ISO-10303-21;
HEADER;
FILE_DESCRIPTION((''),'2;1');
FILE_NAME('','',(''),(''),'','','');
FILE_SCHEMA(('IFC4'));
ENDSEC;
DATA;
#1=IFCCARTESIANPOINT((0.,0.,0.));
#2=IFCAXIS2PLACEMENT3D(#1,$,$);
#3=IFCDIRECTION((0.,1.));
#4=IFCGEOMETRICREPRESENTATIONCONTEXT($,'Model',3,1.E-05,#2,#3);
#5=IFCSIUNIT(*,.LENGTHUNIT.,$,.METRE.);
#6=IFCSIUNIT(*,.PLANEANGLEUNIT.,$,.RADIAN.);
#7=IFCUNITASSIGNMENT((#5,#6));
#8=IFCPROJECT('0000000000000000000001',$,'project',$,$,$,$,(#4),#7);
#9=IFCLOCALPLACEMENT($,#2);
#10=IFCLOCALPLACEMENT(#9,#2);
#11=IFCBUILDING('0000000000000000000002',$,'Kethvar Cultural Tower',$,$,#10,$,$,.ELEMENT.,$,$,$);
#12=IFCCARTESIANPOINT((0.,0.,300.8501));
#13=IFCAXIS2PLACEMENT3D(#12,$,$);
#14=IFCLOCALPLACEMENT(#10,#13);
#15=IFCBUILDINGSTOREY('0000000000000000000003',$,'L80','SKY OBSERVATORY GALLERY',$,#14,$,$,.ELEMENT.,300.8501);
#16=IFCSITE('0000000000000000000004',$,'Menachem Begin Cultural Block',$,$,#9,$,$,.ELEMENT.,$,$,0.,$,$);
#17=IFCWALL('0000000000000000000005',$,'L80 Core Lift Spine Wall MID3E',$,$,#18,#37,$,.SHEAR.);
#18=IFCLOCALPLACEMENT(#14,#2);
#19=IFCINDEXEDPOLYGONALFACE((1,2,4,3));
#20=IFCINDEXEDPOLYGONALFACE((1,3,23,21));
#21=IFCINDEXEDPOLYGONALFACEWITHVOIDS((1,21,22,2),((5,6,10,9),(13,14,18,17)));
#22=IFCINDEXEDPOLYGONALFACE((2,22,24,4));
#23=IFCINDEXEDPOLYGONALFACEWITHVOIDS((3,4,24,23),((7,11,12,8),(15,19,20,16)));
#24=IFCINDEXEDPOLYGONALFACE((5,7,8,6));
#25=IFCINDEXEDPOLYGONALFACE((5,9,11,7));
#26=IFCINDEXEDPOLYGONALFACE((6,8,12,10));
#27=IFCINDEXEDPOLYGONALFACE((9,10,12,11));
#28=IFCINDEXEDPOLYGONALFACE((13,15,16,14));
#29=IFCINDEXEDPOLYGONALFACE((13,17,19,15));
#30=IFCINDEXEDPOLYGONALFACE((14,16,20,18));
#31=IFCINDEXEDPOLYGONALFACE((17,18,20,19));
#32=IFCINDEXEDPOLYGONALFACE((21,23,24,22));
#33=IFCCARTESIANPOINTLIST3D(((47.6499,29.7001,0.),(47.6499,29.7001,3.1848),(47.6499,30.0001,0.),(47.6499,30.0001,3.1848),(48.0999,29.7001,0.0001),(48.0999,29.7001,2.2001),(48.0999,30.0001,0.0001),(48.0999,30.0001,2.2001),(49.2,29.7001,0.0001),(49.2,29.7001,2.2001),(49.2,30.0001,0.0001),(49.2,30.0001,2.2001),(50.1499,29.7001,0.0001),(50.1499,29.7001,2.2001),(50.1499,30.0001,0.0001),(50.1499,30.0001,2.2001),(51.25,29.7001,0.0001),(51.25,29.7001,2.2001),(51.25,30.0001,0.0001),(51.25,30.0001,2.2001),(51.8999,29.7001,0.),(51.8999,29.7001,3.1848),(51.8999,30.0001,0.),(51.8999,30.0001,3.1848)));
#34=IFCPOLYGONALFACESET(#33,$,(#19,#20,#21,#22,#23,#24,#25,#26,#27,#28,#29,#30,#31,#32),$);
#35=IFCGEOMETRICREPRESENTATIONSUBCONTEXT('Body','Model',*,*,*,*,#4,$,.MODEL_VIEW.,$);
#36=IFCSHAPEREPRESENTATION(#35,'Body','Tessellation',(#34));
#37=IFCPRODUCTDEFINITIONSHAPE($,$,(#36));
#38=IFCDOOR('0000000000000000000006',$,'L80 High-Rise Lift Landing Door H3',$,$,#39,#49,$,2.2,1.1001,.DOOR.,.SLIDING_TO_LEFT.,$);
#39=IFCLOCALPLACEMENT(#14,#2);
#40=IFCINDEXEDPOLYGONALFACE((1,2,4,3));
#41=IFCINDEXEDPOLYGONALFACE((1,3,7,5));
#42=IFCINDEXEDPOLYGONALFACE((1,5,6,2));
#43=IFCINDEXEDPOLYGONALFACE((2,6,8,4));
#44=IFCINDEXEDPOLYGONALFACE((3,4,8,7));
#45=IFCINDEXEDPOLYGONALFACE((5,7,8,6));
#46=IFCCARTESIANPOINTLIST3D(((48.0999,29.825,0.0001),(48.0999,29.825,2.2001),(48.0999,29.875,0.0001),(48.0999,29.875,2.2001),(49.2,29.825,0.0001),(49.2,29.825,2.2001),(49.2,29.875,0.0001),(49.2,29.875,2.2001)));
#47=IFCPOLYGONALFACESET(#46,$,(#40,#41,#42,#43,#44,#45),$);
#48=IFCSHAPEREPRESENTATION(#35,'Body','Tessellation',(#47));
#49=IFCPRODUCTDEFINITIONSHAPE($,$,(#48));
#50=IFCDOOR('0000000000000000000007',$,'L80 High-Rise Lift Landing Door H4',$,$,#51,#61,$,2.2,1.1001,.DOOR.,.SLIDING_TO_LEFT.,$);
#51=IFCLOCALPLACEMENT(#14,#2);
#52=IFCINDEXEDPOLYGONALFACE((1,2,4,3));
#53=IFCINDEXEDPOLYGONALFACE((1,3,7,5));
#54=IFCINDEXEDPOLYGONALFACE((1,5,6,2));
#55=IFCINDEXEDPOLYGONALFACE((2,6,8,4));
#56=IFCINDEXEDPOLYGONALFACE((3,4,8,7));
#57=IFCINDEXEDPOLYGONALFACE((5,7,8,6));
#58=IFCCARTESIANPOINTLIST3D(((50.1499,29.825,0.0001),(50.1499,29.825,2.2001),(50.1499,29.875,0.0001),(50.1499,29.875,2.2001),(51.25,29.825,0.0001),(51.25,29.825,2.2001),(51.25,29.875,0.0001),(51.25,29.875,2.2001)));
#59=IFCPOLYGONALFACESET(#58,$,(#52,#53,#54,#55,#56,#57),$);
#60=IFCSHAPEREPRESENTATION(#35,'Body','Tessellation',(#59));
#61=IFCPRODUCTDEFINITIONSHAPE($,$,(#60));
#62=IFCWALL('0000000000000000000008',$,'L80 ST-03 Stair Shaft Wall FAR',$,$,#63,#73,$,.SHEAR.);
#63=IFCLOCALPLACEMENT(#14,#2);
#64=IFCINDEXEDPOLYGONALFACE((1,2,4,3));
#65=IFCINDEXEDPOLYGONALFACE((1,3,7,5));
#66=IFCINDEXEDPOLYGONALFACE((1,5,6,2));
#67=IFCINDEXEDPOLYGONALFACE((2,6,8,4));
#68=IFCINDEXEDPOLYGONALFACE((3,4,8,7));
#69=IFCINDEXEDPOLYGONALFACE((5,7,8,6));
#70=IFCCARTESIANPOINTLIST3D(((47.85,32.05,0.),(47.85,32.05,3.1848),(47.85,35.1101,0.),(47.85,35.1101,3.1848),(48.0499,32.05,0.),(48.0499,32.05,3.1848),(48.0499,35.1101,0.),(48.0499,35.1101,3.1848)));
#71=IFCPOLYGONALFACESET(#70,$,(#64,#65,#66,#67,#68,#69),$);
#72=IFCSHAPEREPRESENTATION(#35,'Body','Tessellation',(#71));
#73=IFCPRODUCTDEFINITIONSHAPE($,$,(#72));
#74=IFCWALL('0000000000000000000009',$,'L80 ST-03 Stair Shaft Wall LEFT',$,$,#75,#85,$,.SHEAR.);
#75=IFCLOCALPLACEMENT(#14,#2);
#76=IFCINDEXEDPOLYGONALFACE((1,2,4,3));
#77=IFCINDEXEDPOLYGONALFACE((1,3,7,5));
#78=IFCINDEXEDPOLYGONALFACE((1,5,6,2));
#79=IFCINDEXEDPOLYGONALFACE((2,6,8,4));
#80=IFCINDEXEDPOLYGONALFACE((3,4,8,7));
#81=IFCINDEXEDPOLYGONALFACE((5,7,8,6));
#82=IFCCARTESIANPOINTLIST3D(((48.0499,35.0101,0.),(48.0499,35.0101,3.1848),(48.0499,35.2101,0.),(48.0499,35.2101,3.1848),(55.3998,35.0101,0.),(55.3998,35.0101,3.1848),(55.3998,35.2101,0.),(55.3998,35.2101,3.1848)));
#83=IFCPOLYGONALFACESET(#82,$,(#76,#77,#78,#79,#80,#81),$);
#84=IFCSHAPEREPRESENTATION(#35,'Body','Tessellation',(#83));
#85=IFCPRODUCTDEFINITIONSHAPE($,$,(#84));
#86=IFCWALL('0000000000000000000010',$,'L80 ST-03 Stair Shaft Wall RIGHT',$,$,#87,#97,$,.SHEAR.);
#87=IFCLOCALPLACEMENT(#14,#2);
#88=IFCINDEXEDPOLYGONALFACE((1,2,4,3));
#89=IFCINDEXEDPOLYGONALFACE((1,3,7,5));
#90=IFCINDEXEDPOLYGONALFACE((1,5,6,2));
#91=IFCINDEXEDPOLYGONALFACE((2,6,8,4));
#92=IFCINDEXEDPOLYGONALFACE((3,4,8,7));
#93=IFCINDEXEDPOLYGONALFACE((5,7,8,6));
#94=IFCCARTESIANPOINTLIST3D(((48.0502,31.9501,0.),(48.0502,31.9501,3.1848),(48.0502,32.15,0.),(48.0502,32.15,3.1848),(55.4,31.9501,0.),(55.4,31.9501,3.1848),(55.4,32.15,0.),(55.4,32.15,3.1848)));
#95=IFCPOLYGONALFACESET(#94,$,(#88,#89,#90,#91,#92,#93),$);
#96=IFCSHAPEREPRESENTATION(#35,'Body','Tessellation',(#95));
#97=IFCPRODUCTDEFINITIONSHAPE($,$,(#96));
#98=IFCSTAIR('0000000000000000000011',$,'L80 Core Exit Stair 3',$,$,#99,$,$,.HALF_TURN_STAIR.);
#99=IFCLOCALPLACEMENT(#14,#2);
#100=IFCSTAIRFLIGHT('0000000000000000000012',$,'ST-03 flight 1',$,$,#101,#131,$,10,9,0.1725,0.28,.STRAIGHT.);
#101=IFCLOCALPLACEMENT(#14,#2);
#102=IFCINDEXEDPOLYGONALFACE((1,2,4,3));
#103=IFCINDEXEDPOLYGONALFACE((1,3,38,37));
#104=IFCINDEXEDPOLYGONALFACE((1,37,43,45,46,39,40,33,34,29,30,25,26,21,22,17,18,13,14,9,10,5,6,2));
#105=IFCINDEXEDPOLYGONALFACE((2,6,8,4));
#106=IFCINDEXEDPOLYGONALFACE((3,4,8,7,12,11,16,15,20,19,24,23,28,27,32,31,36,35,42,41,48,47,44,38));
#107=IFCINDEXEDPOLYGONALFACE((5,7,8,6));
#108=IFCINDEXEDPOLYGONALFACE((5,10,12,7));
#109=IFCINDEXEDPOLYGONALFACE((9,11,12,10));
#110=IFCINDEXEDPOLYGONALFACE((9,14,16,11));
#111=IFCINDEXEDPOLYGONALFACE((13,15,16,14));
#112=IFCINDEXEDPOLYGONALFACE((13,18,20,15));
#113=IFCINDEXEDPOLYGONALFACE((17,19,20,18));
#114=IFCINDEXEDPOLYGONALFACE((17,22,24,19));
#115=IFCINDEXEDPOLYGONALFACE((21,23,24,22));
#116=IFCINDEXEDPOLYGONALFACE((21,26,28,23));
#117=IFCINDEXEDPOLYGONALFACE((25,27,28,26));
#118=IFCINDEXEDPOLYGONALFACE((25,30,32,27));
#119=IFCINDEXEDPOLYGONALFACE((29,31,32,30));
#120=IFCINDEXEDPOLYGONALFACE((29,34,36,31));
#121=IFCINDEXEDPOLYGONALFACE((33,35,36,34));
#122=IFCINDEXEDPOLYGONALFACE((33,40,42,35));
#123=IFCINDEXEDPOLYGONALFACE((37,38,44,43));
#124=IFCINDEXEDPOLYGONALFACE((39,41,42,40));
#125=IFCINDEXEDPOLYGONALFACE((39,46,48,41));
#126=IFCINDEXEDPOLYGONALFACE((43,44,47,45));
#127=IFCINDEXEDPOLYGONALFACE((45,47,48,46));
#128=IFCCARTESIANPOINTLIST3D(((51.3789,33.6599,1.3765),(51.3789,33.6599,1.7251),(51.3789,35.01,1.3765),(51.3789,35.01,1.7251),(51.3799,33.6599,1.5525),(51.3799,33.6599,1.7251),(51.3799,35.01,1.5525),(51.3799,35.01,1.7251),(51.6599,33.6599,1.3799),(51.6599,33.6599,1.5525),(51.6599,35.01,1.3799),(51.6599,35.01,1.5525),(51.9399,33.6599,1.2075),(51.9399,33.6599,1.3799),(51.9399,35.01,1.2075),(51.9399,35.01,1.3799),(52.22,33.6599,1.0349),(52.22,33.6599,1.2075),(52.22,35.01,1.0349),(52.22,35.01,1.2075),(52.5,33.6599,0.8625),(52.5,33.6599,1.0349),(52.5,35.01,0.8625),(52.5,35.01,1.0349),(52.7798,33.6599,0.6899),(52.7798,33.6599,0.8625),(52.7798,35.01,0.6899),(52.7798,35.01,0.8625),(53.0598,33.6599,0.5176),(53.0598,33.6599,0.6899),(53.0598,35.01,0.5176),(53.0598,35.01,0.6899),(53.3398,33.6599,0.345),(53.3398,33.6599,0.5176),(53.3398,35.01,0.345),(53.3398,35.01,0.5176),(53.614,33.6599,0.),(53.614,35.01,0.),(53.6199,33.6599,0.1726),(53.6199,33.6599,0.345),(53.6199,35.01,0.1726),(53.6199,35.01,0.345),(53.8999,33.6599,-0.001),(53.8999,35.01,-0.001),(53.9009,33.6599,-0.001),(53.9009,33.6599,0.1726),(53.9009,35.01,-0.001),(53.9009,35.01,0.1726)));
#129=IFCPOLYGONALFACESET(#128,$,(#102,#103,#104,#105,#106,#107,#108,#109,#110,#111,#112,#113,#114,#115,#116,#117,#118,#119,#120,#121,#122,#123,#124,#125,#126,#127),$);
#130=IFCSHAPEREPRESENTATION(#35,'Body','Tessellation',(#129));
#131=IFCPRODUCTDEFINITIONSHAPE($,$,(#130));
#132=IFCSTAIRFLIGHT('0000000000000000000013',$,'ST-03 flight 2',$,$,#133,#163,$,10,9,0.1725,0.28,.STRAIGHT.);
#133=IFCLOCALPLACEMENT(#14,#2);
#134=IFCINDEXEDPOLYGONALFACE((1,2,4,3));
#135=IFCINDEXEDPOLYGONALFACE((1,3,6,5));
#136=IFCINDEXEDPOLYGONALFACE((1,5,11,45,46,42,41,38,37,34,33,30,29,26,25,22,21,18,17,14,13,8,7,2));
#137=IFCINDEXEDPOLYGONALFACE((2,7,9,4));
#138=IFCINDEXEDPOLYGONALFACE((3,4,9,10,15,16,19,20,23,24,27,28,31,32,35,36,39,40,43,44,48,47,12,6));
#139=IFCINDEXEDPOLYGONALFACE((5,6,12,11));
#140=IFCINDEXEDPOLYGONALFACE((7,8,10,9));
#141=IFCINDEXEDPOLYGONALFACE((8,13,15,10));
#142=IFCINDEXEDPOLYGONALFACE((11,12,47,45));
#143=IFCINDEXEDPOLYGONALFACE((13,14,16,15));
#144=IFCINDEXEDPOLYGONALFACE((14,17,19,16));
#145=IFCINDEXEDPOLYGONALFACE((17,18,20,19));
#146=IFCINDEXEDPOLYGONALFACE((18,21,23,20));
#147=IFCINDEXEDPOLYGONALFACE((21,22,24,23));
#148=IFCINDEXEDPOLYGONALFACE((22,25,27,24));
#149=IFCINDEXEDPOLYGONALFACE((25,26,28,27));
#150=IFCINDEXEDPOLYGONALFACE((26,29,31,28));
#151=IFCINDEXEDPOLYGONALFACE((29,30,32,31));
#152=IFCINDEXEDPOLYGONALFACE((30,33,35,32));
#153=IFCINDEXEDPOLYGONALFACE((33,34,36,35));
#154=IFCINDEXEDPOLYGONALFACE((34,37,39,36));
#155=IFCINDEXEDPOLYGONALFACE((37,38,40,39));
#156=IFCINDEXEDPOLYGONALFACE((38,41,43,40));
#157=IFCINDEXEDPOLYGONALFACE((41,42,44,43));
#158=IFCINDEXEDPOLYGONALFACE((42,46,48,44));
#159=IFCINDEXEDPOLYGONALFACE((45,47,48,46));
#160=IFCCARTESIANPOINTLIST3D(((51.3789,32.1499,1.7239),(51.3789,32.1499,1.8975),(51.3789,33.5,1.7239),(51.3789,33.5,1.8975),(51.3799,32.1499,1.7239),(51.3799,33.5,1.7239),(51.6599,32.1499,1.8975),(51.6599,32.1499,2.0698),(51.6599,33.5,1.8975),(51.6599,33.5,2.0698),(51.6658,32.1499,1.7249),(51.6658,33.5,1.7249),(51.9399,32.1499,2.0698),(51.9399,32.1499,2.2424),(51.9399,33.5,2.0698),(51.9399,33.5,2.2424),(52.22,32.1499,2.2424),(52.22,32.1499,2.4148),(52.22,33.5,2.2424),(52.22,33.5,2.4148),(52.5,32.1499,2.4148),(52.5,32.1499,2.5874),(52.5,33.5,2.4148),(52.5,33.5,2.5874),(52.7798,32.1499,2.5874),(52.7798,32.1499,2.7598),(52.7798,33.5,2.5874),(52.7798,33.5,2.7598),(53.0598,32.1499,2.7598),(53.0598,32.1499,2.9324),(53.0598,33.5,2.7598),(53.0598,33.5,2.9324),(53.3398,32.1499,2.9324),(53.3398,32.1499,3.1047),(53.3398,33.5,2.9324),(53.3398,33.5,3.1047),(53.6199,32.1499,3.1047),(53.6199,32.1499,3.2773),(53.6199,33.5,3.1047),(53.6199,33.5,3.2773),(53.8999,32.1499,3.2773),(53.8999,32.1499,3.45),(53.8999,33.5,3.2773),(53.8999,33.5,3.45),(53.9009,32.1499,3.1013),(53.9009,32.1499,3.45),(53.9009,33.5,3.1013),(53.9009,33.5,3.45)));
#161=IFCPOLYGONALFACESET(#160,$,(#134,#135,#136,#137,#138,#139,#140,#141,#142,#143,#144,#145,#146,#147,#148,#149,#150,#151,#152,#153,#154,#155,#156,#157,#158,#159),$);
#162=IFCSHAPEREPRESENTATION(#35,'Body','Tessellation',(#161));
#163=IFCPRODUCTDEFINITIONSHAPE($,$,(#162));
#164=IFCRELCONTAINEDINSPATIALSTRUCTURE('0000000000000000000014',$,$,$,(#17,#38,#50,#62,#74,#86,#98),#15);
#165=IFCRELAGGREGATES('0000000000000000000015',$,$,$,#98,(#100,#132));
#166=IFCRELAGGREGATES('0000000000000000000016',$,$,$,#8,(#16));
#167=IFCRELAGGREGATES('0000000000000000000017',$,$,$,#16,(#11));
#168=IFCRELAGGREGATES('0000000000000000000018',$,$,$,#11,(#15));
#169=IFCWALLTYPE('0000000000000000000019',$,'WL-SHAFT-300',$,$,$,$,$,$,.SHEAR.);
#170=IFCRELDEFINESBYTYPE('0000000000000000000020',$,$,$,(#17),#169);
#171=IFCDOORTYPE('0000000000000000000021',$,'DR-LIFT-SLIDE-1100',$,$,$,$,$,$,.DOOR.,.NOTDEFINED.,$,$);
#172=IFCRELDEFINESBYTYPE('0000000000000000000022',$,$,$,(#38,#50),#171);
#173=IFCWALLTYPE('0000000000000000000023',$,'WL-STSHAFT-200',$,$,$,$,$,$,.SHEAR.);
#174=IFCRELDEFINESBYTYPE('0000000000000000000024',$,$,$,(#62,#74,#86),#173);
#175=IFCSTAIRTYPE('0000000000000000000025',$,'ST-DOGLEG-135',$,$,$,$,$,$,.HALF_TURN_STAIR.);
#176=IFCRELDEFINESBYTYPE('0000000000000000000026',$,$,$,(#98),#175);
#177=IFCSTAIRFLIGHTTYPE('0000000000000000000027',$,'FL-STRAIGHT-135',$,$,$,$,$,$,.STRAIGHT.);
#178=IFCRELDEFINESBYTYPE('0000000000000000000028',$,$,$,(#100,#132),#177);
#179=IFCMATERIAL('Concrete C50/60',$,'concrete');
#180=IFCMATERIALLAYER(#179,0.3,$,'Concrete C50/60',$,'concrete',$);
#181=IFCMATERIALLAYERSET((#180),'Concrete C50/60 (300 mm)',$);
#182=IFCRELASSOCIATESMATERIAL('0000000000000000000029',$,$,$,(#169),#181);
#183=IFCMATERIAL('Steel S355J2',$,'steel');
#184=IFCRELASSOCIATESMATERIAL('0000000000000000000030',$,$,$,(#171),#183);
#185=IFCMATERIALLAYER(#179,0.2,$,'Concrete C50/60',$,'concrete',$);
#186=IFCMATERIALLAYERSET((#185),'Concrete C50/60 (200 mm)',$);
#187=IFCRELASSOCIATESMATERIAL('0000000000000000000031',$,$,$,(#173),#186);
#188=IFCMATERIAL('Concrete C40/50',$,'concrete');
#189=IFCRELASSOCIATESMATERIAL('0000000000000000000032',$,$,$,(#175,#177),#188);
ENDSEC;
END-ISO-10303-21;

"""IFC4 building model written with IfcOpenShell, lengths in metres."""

from ifc_helpers import new_model, si_unit, direction, frame, frame_2d, origin, place, context, subcontext, project, spatial, polyline, rectangle, outline, extrude, source, transform, mapped, material, layer, layer_set, type_object, element, fill, aggregate, save


model = new_model("IFC4")

# Units and contexts
model_context = context("Model", 3, precision=1e-05, world=origin(), true_north=direction((0.0, 1.0)))
body_context = subcontext(model_context, "Body", "Model", "MODEL_VIEW")
ifc_project = project(units=[si_unit("LENGTHUNIT", "METRE"), si_unit("PLANEANGLEUNIT", "RADIAN")], contexts=[model_context])

# Site, building, storey
site_placement = place(None, origin())
site = spatial("IfcSite", under=ifc_project, at=site_placement, Name="Menachem Begin Cultural Block", CompositionType="ELEMENT", RefElevation=0.0)
building_placement = place(site_placement, origin())
building = spatial("IfcBuilding", under=site, at=building_placement, Name="Kethvar Cultural Tower", CompositionType="ELEMENT")
storey_placement = place(building_placement, frame((0.0, 0.0, 300.8501)))
storey = spatial("IfcBuildingStorey", under=building, at=storey_placement, Name="L80", Description="SKY OBSERVATORY GALLERY", CompositionType="ELEMENT", Elevation=300.8501)

# Shared definitions
ifc_material_1 = material(Name="Steel S355J2", Category="steel")

# Shared definitions
ifc_material_2 = material(Name="Concrete C40/50", Category="concrete")

# Wall, openings, doors
ifc_material_3 = material(Name="Concrete C50/60", Category="concrete")
ifc_layer_1 = layer(ifc_material_3, 0.3, Name="Concrete C50/60", Category="concrete")
ifc_layer_set_1 = layer_set([ifc_layer_1], Name="Concrete C50/60 (300 mm)")
wall_type_1 = type_object("IfcWallType", Name="WL-SHAFT-300", PredefinedType="SHEAR", material=ifc_layer_set_1)
wall_1_placement = place(storey_placement, frame((47.6499, 29.8501, 0.0), z_axis=(0.0, 0.0, 1.0), x_axis=(1.0, 0.0, 0.0)))
wall_1 = element("IfcWall", 1, at=wall_1_placement, inside=storey, type_object=wall_type_1, Name="L80 Core Lift Spine Wall MID3E", PredefinedType="SHEAR", context=body_context, shape_type="SweptSolid", body=[
    extrude(rectangle(XDim=4.25, YDim=0.3, at=frame_2d((2.125, 0.0))), origin(), (0.0, 0.0, 1.0), 3.1848),
])
opening_1_placement = place(wall_1_placement, frame((0.45, 0.0, 0.0)))
opening_1 = element("IfcOpeningElement", 2, at=opening_1_placement, cuts=wall_1, PredefinedType="OPENING", context=body_context, shape_type="SweptSolid", body=[
    extrude(rectangle(XDim=1.1001, YDim=2.2, at=frame_2d((0.55, 1.1001))), frame((0.0, 0.1599, 0.0), z_axis=(0.0, -1.0, 0.0), x_axis=(1.0, 0.0, 0.0)), (0.0, 0.0, 1.0), 0.3201),
])
opening_2_placement = place(wall_1_placement, frame((2.5, 0.0, 0.0)))
opening_2 = element("IfcOpeningElement", 3, at=opening_2_placement, cuts=wall_1, PredefinedType="OPENING", context=body_context, shape_type="SweptSolid", body=[
    extrude(rectangle(XDim=1.1001, YDim=2.2, at=frame_2d((0.55, 1.1001))), frame((0.0, 0.1599, 0.0), z_axis=(0.0, -1.0, 0.0), x_axis=(1.0, 0.0, 0.0)), (0.0, 0.0, 1.0), 0.3201),
])
door_type = type_object("IfcDoorType", Name="DR-LIFT-SLIDE-1100", OperationType="NOTDEFINED", PredefinedType="DOOR", material=ifc_material_1)
shared_shape_1 = source(origin(), body_context, "Body", "SweptSolid", [
    extrude(rectangle(XDim=1.1001, YDim=2.2, at=frame_2d((0.55, 1.1001))), frame((0.0, 0.0249, 0.0), z_axis=(0.0, -1.0, 0.0), x_axis=(1.0, 0.0, 0.0)), (0.0, 0.0, 1.0), 0.05),
])
door_1_placement = place(opening_1_placement, origin())
door_1 = element("IfcDoor", 4, at=door_1_placement, inside=storey, type_object=door_type, Name="L80 High-Rise Lift Landing Door H3", OperationType="SLIDING_TO_LEFT", OverallHeight=2.2, OverallWidth=1.1001, PredefinedType="DOOR", context=body_context, shape_type="MappedRepresentation", body=[
    mapped(shared_shape_1, transform((0.0, 0.0, 0.0), scale=1.0)),
])
fill(opening_1, door_1)
door_2_placement = place(opening_2_placement, origin())
door_2 = element("IfcDoor", 5, at=door_2_placement, inside=storey, type_object=door_type, Name="L80 High-Rise Lift Landing Door H4", OperationType="SLIDING_TO_LEFT", OverallHeight=2.2, OverallWidth=1.1001, PredefinedType="DOOR", context=body_context, shape_type="MappedRepresentation", body=[
    mapped(shared_shape_1, transform((0.0, 0.0, 0.0), scale=1.0)),
])
fill(opening_2, door_2)

# Walls
ifc_layer_2 = layer(ifc_material_3, 0.2, Name="Concrete C50/60", Category="concrete")
ifc_layer_set_2 = layer_set([ifc_layer_2], Name="Concrete C50/60 (200 mm)")
wall_type_2 = type_object("IfcWallType", Name="WL-STSHAFT-200", PredefinedType="SHEAR", material=ifc_layer_set_2)
wall_2_placement = place(storey_placement, frame((47.95, 32.05, 0.0), z_axis=(0.0, 0.0, 1.0), x_axis=(0.0, 1.0, 0.0)))
element("IfcWall", 6, at=wall_2_placement, inside=storey, type_object=wall_type_2, Name="L80 ST-03 Stair Shaft Wall FAR", PredefinedType="SHEAR", context=body_context, shape_type="SweptSolid", body=[
    extrude(rectangle(XDim=3.0601, YDim=0.2, at=frame_2d((1.53, 0.0))), origin(), (0.0, 0.0, 1.0), 3.1848),
])
for number, where, z_axis, x_axis, name in (
    (7, (48.05, 35.1101, 0.0), (0.0, 0.0, 1.0), (1.0, 0.0, 0.0), "L80 ST-03 Stair Shaft Wall LEFT"),
    (8, (55.3999, 32.05, 0.0), (0.0, 0.0, 1.0), (-1.0, 0.0, 0.0), "L80 ST-03 Stair Shaft Wall RIGHT"),
):
    element("IfcWall", number, at=place(storey_placement, frame(where, z_axis=z_axis, x_axis=x_axis)), inside=storey, type_object=wall_type_2, Name=name, PredefinedType="SHEAR", context=body_context, shape_type="SweptSolid", body=[
        extrude(rectangle(XDim=7.3499, YDim=0.2, at=frame_2d((3.6748, 0.0))), origin(), (0.0, 0.0, 1.0), 3.1848),
    ])

# Stair, stair flights
stair_type = type_object("IfcStairType", Name="ST-DOGLEG-135", PredefinedType="HALF_TURN_STAIR", material=ifc_material_2)
stair_placement = place(storey_placement, origin())
stair = element("IfcStair", 9, at=stair_placement, inside=storey, type_object=stair_type, Name="L80 Core Exit Stair 3", PredefinedType="HALF_TURN_STAIR")
stair_flight_type = type_object("IfcStairFlightType", Name="FL-STRAIGHT-135", PredefinedType="STRAIGHT", material=ifc_material_2)
stair_flight_1_placement = place(storey_placement, frame((53.8999, 34.335, 0.0), z_axis=(0.0, 0.0, 1.0), x_axis=(-1.0, 0.0, 0.0)))
stair_flight_1 = element("IfcStairFlight", 10, at=stair_flight_1_placement, type_object=stair_flight_type, Name="ST-03 flight 1", NumberOfRisers=10, NumberOfTreads=9, PredefinedType="STRAIGHT", RiserHeight=0.1725, TreadLength=0.28, context=body_context, shape_type="SweptSolid", body=[
    extrude(outline(polyline([(-0.001, -0.001), (-0.001, 0.1726), (0.28, 0.1726), (0.28, 0.345), (0.5601, 0.345), (0.5601, 0.5176), (0.8401, 0.5176), (0.8401, 0.6899), (1.1201, 0.6899), (1.1201, 0.8625), (1.3999, 0.8625), (1.3999, 1.0349), (1.6799, 1.0349), (1.6799, 1.2075), (1.96, 1.2075), (1.96, 1.3799), (2.24, 1.3799), (2.24, 1.5525), (2.52, 1.5525), (2.52, 1.7251), (2.521, 1.7251), (2.521, 1.3765), (0.2859, 0.0), (0.0, -0.001), (-0.001, -0.001)])), frame((0.0, 0.675, 0.0), z_axis=(0.0, -1.0, 0.0), x_axis=(1.0, 0.0, 0.0)), (0.0, 0.0, 1.0), 1.3501),
])
stair_flight_2_placement = place(storey_placement, frame((51.3799, 32.825, 1.7249), z_axis=(0.0, 0.0, 1.0), x_axis=(1.0, 0.0, 0.0)))
stair_flight_2 = element("IfcStairFlight", 11, at=stair_flight_2_placement, type_object=stair_flight_type, Name="ST-03 flight 2", NumberOfRisers=10, NumberOfTreads=9, PredefinedType="STRAIGHT", RiserHeight=0.1725, TreadLength=0.28, context=body_context, shape_type="SweptSolid", body=[
    extrude(outline(polyline([(-0.001, -0.001), (-0.001, 0.1726), (0.28, 0.1726), (0.28, 0.345), (0.5601, 0.345), (0.5601, 0.5176), (0.8401, 0.5176), (0.8401, 0.6899), (1.1201, 0.6899), (1.1201, 0.8625), (1.3999, 0.8625), (1.3999, 1.0349), (1.6799, 1.0349), (1.6799, 1.2075), (1.96, 1.2075), (1.96, 1.3799), (2.24, 1.3799), (2.24, 1.5525), (2.52, 1.5525), (2.52, 1.7251), (2.521, 1.7251), (2.521, 1.3765), (0.2859, 0.0), (0.0, -0.001), (-0.001, -0.001)])), frame((0.0, 0.675, 0.0), z_axis=(0.0, -1.0, 0.0), x_axis=(1.0, 0.0, 0.0)), (0.0, 0.0, 1.0), 1.3501),
])
aggregate(stair, [stair_flight_1, stair_flight_2])

save(model, "model.ifc")
